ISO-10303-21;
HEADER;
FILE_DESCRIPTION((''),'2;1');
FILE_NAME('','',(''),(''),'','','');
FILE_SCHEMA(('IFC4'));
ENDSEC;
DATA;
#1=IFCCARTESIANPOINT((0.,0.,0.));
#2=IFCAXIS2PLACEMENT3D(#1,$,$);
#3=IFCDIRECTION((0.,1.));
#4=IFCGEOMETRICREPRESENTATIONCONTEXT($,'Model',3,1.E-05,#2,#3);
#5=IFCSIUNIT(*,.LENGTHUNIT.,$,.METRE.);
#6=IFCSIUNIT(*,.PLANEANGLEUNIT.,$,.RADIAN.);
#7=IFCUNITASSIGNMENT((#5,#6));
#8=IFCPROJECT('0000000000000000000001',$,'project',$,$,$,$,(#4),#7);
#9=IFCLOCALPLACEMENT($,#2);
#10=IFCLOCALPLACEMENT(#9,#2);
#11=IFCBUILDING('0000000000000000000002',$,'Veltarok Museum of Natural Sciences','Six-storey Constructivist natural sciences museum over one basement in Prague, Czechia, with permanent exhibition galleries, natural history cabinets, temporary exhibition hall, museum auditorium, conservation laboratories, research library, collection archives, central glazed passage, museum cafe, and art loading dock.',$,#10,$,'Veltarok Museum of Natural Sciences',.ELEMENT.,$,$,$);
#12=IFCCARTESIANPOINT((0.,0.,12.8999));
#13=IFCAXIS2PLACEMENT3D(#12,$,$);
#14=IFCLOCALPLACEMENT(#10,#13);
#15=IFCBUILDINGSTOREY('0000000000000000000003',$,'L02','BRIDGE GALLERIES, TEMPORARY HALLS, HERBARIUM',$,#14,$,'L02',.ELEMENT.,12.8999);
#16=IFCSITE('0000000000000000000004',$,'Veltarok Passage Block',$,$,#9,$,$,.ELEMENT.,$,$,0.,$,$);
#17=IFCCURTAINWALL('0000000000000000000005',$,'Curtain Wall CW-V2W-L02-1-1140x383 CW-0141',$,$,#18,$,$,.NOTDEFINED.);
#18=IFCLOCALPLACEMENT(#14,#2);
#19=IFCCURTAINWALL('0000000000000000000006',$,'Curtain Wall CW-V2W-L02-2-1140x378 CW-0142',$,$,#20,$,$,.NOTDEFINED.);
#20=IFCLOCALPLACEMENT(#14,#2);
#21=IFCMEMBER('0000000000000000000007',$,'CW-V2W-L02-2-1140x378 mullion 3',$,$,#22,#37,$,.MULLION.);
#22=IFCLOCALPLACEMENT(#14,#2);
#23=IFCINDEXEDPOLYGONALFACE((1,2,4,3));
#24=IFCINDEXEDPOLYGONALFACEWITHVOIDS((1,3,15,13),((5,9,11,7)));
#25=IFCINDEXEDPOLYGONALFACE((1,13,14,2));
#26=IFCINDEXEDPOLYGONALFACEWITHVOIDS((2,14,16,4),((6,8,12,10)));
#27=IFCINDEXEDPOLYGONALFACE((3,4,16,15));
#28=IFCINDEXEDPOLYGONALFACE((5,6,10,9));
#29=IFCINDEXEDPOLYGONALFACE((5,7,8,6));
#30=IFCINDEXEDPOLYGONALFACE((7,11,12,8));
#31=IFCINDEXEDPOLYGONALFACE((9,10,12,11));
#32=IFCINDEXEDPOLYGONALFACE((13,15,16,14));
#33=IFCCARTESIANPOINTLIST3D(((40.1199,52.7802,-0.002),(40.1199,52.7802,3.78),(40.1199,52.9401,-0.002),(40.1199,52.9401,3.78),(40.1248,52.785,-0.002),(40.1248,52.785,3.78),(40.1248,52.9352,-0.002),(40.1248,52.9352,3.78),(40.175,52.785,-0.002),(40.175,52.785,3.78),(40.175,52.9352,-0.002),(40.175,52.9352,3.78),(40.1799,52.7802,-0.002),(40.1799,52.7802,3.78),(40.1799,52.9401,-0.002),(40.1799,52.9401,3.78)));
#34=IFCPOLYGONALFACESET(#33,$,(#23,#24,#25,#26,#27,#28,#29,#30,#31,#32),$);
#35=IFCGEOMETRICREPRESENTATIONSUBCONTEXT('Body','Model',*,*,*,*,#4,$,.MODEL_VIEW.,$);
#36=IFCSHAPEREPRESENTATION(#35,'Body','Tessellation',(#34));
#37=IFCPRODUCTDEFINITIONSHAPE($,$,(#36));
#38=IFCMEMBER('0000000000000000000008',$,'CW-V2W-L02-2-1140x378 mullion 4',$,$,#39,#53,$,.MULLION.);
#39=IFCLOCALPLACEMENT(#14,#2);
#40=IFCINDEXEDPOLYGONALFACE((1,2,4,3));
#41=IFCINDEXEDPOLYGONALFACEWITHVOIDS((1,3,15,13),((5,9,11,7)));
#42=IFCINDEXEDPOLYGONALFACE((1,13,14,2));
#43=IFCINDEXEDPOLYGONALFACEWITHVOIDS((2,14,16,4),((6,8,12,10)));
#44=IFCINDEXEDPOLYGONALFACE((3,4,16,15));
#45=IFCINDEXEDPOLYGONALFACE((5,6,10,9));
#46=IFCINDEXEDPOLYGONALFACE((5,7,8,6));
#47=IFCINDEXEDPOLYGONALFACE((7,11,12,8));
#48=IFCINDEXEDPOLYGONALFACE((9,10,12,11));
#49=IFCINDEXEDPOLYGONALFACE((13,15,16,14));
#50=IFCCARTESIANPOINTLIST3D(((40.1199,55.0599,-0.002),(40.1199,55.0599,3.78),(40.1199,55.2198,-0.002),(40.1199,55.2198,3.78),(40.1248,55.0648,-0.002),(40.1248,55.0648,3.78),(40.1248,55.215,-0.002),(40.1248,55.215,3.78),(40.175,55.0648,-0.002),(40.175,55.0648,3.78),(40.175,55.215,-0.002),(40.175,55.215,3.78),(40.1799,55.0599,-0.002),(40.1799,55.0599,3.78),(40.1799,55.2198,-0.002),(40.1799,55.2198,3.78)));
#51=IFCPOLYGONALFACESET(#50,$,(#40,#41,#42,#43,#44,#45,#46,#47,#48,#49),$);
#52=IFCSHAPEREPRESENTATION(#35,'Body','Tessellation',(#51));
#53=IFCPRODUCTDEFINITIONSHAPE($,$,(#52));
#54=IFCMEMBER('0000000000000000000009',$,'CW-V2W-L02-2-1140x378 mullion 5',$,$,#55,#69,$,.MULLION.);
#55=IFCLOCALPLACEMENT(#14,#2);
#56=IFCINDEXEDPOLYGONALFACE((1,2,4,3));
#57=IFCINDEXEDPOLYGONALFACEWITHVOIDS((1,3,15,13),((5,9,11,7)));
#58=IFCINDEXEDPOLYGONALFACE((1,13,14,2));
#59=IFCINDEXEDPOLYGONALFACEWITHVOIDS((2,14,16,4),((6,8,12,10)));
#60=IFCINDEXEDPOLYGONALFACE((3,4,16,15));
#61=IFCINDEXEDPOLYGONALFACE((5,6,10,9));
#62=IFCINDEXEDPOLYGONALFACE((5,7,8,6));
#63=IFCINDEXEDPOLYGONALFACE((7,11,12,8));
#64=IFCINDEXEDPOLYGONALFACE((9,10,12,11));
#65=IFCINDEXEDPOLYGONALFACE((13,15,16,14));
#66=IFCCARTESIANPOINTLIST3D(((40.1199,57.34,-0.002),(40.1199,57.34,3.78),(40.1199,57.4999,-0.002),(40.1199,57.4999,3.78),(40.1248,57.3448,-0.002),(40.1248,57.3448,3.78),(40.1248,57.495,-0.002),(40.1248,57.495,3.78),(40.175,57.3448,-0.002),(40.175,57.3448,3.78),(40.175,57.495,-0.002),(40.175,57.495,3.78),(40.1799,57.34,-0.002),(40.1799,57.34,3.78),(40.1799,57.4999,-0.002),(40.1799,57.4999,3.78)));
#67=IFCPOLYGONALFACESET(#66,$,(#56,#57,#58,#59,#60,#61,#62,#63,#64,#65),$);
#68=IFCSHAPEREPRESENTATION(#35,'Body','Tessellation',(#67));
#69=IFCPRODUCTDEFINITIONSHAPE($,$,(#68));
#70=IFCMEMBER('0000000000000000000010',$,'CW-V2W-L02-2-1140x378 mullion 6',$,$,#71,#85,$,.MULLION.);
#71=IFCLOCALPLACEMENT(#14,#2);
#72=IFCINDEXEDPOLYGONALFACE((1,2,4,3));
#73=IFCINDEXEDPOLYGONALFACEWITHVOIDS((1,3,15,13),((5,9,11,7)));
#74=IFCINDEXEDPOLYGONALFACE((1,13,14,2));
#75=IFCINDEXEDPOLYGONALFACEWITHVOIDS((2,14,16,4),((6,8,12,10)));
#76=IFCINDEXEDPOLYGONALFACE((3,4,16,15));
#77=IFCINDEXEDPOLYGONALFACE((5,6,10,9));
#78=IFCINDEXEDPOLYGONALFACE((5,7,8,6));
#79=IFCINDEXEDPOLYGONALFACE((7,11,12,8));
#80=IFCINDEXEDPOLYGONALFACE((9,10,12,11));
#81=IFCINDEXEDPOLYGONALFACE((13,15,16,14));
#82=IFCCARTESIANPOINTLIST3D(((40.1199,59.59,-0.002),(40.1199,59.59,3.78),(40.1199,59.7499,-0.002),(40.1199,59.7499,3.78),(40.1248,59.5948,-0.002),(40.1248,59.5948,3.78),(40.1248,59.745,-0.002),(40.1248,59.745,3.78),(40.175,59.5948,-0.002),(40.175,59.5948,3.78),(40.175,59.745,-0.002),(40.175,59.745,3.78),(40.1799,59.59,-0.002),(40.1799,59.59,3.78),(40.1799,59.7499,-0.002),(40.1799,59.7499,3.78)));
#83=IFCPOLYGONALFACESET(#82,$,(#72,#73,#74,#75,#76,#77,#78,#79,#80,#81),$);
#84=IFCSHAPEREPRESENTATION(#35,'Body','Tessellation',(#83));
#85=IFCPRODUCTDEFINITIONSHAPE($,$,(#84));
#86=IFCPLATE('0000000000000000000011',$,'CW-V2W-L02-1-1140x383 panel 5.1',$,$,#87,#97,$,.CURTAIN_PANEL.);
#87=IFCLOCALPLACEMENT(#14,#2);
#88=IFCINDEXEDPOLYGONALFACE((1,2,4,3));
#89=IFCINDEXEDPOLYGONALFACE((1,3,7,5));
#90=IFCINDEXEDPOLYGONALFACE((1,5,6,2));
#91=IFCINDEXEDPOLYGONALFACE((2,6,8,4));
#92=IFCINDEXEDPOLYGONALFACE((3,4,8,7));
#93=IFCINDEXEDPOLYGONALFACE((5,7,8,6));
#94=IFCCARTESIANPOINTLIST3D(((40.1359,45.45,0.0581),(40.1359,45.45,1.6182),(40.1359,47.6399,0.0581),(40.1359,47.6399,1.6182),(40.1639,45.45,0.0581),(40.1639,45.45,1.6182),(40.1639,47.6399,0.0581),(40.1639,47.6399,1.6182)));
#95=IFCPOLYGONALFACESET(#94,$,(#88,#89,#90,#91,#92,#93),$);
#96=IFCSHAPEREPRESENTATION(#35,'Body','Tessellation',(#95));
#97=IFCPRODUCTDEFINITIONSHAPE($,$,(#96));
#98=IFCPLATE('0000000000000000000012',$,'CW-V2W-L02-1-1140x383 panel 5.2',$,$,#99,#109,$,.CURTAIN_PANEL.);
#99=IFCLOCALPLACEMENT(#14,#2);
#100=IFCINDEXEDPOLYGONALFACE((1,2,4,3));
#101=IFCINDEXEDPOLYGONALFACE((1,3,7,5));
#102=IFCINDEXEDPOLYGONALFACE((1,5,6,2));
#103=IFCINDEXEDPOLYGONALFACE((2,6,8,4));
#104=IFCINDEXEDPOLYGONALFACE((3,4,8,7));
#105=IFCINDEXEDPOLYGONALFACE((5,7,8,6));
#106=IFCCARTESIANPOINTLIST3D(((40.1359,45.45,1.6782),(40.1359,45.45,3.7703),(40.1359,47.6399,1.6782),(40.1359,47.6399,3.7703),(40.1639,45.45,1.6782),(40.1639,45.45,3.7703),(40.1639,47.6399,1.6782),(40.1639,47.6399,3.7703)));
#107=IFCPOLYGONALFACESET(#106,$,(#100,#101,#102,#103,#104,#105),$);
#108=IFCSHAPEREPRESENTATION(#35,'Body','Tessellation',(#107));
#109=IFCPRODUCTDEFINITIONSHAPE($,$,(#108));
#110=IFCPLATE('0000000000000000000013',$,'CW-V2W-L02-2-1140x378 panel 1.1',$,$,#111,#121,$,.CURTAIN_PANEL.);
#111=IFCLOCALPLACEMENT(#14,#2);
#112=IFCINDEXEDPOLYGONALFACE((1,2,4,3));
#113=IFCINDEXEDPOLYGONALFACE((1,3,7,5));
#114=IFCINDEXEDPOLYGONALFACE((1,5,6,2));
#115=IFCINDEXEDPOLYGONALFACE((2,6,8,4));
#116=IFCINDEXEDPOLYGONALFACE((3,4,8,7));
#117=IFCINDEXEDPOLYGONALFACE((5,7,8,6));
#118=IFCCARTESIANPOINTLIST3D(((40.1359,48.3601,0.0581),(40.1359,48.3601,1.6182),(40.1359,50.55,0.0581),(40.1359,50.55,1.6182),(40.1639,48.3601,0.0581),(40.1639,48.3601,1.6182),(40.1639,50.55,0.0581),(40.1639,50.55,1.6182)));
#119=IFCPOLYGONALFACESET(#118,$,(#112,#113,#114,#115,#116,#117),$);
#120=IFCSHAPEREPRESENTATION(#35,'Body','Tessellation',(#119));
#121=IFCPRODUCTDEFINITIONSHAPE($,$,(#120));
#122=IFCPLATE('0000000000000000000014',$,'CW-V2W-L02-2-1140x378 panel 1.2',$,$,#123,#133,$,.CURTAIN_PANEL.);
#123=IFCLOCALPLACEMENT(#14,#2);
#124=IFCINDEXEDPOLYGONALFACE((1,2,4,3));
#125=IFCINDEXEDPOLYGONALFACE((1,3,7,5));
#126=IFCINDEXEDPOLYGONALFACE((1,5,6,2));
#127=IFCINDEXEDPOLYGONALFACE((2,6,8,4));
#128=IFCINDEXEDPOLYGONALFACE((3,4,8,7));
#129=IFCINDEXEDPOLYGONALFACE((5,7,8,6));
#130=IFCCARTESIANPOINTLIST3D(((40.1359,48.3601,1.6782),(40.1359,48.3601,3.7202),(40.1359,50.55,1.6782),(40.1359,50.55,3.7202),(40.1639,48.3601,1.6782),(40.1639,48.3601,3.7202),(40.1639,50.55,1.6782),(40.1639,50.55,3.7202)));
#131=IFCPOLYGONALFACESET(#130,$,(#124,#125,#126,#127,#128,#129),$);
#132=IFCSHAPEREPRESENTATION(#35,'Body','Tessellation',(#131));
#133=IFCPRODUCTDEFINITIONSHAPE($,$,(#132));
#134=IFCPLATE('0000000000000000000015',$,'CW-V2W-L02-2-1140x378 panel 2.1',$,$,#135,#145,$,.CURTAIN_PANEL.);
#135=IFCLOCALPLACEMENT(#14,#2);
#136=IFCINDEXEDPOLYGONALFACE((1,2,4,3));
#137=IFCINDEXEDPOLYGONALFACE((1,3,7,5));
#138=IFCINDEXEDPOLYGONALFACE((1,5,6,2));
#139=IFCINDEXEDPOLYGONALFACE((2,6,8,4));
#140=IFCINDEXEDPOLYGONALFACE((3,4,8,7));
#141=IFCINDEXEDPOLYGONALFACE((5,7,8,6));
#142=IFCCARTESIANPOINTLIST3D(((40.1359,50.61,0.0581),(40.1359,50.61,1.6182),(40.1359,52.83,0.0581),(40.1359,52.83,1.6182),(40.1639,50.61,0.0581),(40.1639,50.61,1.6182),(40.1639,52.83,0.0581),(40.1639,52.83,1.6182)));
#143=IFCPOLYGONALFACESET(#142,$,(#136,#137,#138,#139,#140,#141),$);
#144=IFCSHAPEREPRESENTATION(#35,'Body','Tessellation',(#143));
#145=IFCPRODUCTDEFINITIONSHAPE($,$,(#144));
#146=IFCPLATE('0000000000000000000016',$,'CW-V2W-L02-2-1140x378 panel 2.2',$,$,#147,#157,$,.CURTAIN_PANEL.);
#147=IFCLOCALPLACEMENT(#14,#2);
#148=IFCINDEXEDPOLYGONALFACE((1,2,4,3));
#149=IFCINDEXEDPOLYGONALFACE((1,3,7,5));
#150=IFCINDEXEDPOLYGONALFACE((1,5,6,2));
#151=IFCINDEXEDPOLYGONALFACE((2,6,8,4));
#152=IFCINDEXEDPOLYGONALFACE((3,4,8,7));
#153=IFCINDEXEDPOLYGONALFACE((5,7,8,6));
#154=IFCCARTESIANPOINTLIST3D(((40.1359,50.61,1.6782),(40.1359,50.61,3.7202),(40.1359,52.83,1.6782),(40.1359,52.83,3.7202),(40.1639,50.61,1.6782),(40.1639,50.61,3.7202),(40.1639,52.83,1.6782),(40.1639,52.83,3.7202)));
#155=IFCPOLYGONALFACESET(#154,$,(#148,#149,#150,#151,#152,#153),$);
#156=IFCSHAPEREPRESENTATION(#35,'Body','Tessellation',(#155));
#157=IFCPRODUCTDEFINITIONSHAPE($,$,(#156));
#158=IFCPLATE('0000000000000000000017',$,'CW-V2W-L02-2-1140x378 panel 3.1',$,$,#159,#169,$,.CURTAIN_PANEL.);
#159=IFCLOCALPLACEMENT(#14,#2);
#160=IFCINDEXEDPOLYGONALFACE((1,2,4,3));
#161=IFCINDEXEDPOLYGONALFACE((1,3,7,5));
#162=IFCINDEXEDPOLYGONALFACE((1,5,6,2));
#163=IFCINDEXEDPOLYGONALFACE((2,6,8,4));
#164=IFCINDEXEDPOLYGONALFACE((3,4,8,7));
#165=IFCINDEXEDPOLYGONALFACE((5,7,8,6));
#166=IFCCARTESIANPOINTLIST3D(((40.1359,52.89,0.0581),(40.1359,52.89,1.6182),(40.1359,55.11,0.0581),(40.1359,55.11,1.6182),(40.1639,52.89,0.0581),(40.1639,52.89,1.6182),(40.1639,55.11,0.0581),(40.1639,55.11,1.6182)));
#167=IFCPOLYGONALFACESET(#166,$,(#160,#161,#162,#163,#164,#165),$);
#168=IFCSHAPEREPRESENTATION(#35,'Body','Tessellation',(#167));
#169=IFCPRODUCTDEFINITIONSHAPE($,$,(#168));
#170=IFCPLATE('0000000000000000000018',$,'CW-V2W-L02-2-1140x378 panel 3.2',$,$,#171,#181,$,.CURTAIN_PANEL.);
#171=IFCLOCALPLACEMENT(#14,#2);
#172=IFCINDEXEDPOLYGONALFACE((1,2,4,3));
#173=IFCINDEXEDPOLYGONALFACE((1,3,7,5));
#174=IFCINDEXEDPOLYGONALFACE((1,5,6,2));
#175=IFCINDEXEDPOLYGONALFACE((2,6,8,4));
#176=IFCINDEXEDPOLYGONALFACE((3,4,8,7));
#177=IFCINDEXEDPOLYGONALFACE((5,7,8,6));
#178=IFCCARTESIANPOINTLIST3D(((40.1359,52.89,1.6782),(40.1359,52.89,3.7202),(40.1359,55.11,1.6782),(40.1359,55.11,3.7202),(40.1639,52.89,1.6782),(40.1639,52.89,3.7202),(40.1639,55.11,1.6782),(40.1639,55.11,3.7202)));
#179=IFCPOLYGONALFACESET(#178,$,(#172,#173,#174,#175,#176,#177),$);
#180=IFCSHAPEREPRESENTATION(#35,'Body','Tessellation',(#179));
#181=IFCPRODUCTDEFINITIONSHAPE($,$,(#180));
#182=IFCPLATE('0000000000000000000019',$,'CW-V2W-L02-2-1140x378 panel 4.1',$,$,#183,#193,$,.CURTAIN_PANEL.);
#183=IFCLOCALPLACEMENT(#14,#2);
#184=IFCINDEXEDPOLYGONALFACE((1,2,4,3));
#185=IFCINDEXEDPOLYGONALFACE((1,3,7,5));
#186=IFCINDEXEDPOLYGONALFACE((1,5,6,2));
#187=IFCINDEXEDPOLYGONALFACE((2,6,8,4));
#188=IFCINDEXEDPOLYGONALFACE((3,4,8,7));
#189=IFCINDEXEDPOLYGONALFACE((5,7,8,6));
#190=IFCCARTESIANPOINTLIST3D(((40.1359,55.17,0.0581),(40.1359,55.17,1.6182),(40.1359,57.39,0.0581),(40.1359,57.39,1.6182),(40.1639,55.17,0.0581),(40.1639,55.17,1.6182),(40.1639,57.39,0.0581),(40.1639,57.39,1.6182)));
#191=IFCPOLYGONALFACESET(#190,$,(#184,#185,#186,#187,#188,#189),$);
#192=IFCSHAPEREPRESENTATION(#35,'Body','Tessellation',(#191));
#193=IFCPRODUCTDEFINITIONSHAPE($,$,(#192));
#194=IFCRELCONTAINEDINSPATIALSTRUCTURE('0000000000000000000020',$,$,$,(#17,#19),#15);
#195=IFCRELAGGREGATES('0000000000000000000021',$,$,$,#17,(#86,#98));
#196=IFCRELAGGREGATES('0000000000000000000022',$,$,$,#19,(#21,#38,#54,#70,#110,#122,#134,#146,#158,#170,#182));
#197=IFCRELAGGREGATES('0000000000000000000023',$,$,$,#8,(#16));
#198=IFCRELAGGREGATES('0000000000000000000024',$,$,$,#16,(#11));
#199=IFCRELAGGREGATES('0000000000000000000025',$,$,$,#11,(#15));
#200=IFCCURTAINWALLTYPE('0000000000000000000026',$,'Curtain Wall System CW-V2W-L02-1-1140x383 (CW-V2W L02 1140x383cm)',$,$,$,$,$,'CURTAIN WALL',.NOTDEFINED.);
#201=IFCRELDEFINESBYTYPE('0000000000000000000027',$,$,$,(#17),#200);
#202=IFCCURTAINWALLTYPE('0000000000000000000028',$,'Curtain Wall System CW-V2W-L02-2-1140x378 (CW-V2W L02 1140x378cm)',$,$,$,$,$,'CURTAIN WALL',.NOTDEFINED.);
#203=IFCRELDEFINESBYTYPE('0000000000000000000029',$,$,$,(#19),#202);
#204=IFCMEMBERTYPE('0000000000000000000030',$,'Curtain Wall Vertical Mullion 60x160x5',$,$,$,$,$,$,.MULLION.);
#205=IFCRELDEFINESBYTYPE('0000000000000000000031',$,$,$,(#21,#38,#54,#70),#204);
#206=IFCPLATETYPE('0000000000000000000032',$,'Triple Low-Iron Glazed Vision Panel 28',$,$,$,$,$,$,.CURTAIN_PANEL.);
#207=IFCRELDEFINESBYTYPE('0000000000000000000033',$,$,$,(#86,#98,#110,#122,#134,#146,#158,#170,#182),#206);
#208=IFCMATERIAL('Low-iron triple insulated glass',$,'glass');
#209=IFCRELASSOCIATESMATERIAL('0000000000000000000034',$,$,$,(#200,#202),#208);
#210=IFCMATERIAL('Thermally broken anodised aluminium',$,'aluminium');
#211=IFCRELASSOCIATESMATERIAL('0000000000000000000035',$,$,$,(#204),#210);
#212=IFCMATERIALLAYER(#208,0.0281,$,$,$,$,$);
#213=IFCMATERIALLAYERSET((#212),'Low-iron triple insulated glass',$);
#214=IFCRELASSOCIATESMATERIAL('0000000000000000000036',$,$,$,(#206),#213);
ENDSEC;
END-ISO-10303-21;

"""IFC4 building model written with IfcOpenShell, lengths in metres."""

from ifc_helpers import new_model, si_unit, direction, frame, origin, origin_2d, place, context, subcontext, project, spatial, rectangle, hollow_rectangle, extrude, material, layer, layer_set, material_profile, profile_set, type_object, element, aggregate, save


model = new_model("IFC4")

# Units and contexts
model_context = context("Model", 3, precision=1e-05, world=origin(), true_north=direction((0.0, 1.0)))
body_context = subcontext(model_context, "Body", "Model", "MODEL_VIEW")
ifc_project = project(units=[si_unit("LENGTHUNIT", "METRE"), si_unit("PLANEANGLEUNIT", "RADIAN")], contexts=[model_context])

# Site, building, storey
site_placement = place(None, origin())
site = spatial("IfcSite", under=ifc_project, at=site_placement, Name="Veltarok Passage Block", CompositionType="ELEMENT", RefElevation=0.0)
building_placement = place(site_placement, origin())
building = spatial("IfcBuilding", under=site, at=building_placement, Name="Veltarok Museum of Natural Sciences", Description="Six-storey Constructivist natural sciences museum over one basement in Prague, Czechia, with permanent exhibition galleries, natural history cabinets, temporary exhibition hall, museum auditorium, conservation laboratories, research library, collection archives, central glazed passage, museum cafe, and art loading dock.", LongName="Veltarok Museum of Natural Sciences", CompositionType="ELEMENT")
storey_placement = place(building_placement, frame((0.0, 0.0, 12.8999)))
storey = spatial("IfcBuildingStorey", under=building, at=storey_placement, Name="L02", Description="BRIDGE GALLERIES, TEMPORARY HALLS, HERBARIUM", LongName="L02", CompositionType="ELEMENT", Elevation=12.8999)

# Curtain walls
ifc_material_1 = material(Name="Low-iron triple insulated glass", Category="glass")
curtain_wall_type_1 = type_object("IfcCurtainWallType", Name="Curtain Wall System CW-V2W-L02-1-1140x383 (CW-V2W L02 1140x383cm)", ElementType="CURTAIN WALL", PredefinedType="NOTDEFINED", material=ifc_material_1)
curtain_wall_1_placement = place(storey_placement, origin())
curtain_wall_1 = element("IfcCurtainWall", 1, at=curtain_wall_1_placement, inside=storey, type_object=curtain_wall_type_1, Name="Curtain Wall CW-V2W-L02-1-1140x383 CW-0141", PredefinedType="NOTDEFINED")
ifc_material_2 = material(Name="Thermally broken anodised aluminium", Category="aluminium")
curtain_wall_type_2 = type_object("IfcCurtainWallType", Name="Curtain Wall System CW-V2W-L02-2-1140x378 (CW-V2W L02 1140x378cm)", ElementType="CURTAIN WALL", PredefinedType="NOTDEFINED", material=ifc_material_1)
curtain_wall_2_placement = place(storey_placement, origin())
curtain_wall_2 = element("IfcCurtainWall", 2, at=curtain_wall_2_placement, inside=storey, type_object=curtain_wall_type_2, Name="Curtain Wall CW-V2W-L02-2-1140x378 CW-0142", PredefinedType="NOTDEFINED")

# Members
ifc_material_profile_1 = material_profile(ifc_material_2, hollow_rectangle(XDim=0.0601, YDim=0.1599, WallThickness=0.0049, at=origin_2d()), Name="CW MULLION 60x160x5")
ifc_profile_set_1 = profile_set([ifc_material_profile_1], Name="Thermally broken anodised aluminium")
member_type_1 = type_object("IfcMemberType", Name="Curtain Wall Vertical Mullion 60x160x5", PredefinedType="MULLION", material=ifc_profile_set_1)
member_1_placement = place(storey_placement, frame((40.1499, 52.8601, -0.002), z_axis=(0.0, 0.0, 1.0), x_axis=(-1.0, 0.0, 0.0)))
member_1 = element("IfcMember", 3, at=member_1_placement, type_object=member_type_1, Name="CW-V2W-L02-2-1140x378 mullion 3", PredefinedType="MULLION", context=body_context, shape_type="SweptSolid", body=[
    extrude(hollow_rectangle(XDim=0.0601, YDim=0.1599, WallThickness=0.0049, at=origin_2d()), origin(), (0.0, 0.0, 1.0), 3.782),
])
member_2_placement = place(storey_placement, frame((40.1499, 55.1399, -0.002), z_axis=(0.0, 0.0, 1.0), x_axis=(-1.0, 0.0, 0.0)))
member_2 = element("IfcMember", 4, at=member_2_placement, type_object=member_type_1, Name="CW-V2W-L02-2-1140x378 mullion 4", PredefinedType="MULLION", context=body_context, shape_type="SweptSolid", body=[
    extrude(hollow_rectangle(XDim=0.0601, YDim=0.1599, WallThickness=0.0049, at=origin_2d()), origin(), (0.0, 0.0, 1.0), 3.782),
])
member_3_placement = place(storey_placement, frame((40.1499, 57.4199, -0.002), z_axis=(0.0, 0.0, 1.0), x_axis=(-1.0, 0.0, 0.0)))
member_3 = element("IfcMember", 5, at=member_3_placement, type_object=member_type_1, Name="CW-V2W-L02-2-1140x378 mullion 5", PredefinedType="MULLION", context=body_context, shape_type="SweptSolid", body=[
    extrude(hollow_rectangle(XDim=0.0601, YDim=0.1599, WallThickness=0.0049, at=origin_2d()), origin(), (0.0, 0.0, 1.0), 3.782),
])
member_4_placement = place(storey_placement, frame((40.1499, 59.6699, -0.002), z_axis=(0.0, 0.0, 1.0), x_axis=(-1.0, 0.0, 0.0)))
member_4 = element("IfcMember", 6, at=member_4_placement, type_object=member_type_1, Name="CW-V2W-L02-2-1140x378 mullion 6", PredefinedType="MULLION", context=body_context, shape_type="SweptSolid", body=[
    extrude(hollow_rectangle(XDim=0.0601, YDim=0.1599, WallThickness=0.0049, at=origin_2d()), origin(), (0.0, 0.0, 1.0), 3.782),
])

# Plates
ifc_layer = layer(ifc_material_1, 0.0281)
ifc_layer_set = layer_set([ifc_layer], Name="Low-iron triple insulated glass")
plate_type = type_object("IfcPlateType", Name="Triple Low-Iron Glazed Vision Panel 28", PredefinedType="CURTAIN_PANEL", material=ifc_layer_set)
plate_1_placement = place(storey_placement, frame((40.1499, 46.5449, 0.0581), z_axis=(0.0, 0.0, 1.0), x_axis=(0.0, 1.0, 0.0)))
plate_1 = element("IfcPlate", 7, at=plate_1_placement, type_object=plate_type, Name="CW-V2W-L02-1-1140x383 panel 5.1", PredefinedType="CURTAIN_PANEL", context=body_context, shape_type="SweptSolid", body=[
    extrude(rectangle(XDim=2.1899, YDim=0.0281, at=origin_2d()), origin(), (0.0, 0.0, 1.0), 1.5601),
])
plate_2_placement = place(storey_placement, frame((40.1499, 46.5449, 1.6782), z_axis=(0.0, 0.0, 1.0), x_axis=(0.0, 1.0, 0.0)))
plate_2 = element("IfcPlate", 8, at=plate_2_placement, type_object=plate_type, Name="CW-V2W-L02-1-1140x383 panel 5.2", PredefinedType="CURTAIN_PANEL", context=body_context, shape_type="SweptSolid", body=[
    extrude(rectangle(XDim=2.1899, YDim=0.0281, at=origin_2d()), origin(), (0.0, 0.0, 1.0), 2.092),
])
aggregate(curtain_wall_1, [plate_1, plate_2])
plate_3_placement = place(storey_placement, frame((40.1499, 49.4551, 0.0581), z_axis=(0.0, 0.0, 1.0), x_axis=(0.0, 1.0, 0.0)))
plate_3 = element("IfcPlate", 9, at=plate_3_placement, type_object=plate_type, Name="CW-V2W-L02-2-1140x378 panel 1.1", PredefinedType="CURTAIN_PANEL", context=body_context, shape_type="SweptSolid", body=[
    extrude(rectangle(XDim=2.1899, YDim=0.0281, at=origin_2d()), origin(), (0.0, 0.0, 1.0), 1.5601),
])
plate_4_placement = place(storey_placement, frame((40.1499, 49.4551, 1.6782), z_axis=(0.0, 0.0, 1.0), x_axis=(0.0, 1.0, 0.0)))
plate_4 = element("IfcPlate", 10, at=plate_4_placement, type_object=plate_type, Name="CW-V2W-L02-2-1140x378 panel 1.2", PredefinedType="CURTAIN_PANEL", context=body_context, shape_type="SweptSolid", body=[
    extrude(rectangle(XDim=2.1899, YDim=0.0281, at=origin_2d()), origin(), (0.0, 0.0, 1.0), 2.042),
])
plate_5_placement = place(storey_placement, frame((40.1499, 51.72, 0.0581), z_axis=(0.0, 0.0, 1.0), x_axis=(0.0, 1.0, 0.0)))
plate_5 = element("IfcPlate", 11, at=plate_5_placement, type_object=plate_type, Name="CW-V2W-L02-2-1140x378 panel 2.1", PredefinedType="CURTAIN_PANEL", context=body_context, shape_type="SweptSolid", body=[
    extrude(rectangle(XDim=2.22, YDim=0.0281, at=origin_2d()), origin(), (0.0, 0.0, 1.0), 1.5601),
])
plate_6_placement = place(storey_placement, frame((40.1499, 51.72, 1.6782), z_axis=(0.0, 0.0, 1.0), x_axis=(0.0, 1.0, 0.0)))
plate_6 = element("IfcPlate", 12, at=plate_6_placement, type_object=plate_type, Name="CW-V2W-L02-2-1140x378 panel 2.2", PredefinedType="CURTAIN_PANEL", context=body_context, shape_type="SweptSolid", body=[
    extrude(rectangle(XDim=2.22, YDim=0.0281, at=origin_2d()), origin(), (0.0, 0.0, 1.0), 2.042),
])
plate_7_placement = place(storey_placement, frame((40.1499, 54.0, 0.0581), z_axis=(0.0, 0.0, 1.0), x_axis=(0.0, 1.0, 0.0)))
plate_7 = element("IfcPlate", 13, at=plate_7_placement, type_object=plate_type, Name="CW-V2W-L02-2-1140x378 panel 3.1", PredefinedType="CURTAIN_PANEL", context=body_context, shape_type="SweptSolid", body=[
    extrude(rectangle(XDim=2.22, YDim=0.0281, at=origin_2d()), origin(), (0.0, 0.0, 1.0), 1.5601),
])
plate_8_placement = place(storey_placement, frame((40.1499, 54.0, 1.6782), z_axis=(0.0, 0.0, 1.0), x_axis=(0.0, 1.0, 0.0)))
plate_8 = element("IfcPlate", 14, at=plate_8_placement, type_object=plate_type, Name="CW-V2W-L02-2-1140x378 panel 3.2", PredefinedType="CURTAIN_PANEL", context=body_context, shape_type="SweptSolid", body=[
    extrude(rectangle(XDim=2.22, YDim=0.0281, at=origin_2d()), origin(), (0.0, 0.0, 1.0), 2.042),
])
plate_9_placement = place(storey_placement, frame((40.1499, 56.28, 0.0581), z_axis=(0.0, 0.0, 1.0), x_axis=(0.0, 1.0, 0.0)))
plate_9 = element("IfcPlate", 15, at=plate_9_placement, type_object=plate_type, Name="CW-V2W-L02-2-1140x378 panel 4.1", PredefinedType="CURTAIN_PANEL", context=body_context, shape_type="SweptSolid", body=[
    extrude(rectangle(XDim=2.22, YDim=0.0281, at=origin_2d()), origin(), (0.0, 0.0, 1.0), 1.5601),
])
aggregate(curtain_wall_2, [member_1, member_2, member_3, member_4, plate_3, plate_4, plate_5, plate_6, plate_7, plate_8, plate_9])

save(model, "model.ifc")
